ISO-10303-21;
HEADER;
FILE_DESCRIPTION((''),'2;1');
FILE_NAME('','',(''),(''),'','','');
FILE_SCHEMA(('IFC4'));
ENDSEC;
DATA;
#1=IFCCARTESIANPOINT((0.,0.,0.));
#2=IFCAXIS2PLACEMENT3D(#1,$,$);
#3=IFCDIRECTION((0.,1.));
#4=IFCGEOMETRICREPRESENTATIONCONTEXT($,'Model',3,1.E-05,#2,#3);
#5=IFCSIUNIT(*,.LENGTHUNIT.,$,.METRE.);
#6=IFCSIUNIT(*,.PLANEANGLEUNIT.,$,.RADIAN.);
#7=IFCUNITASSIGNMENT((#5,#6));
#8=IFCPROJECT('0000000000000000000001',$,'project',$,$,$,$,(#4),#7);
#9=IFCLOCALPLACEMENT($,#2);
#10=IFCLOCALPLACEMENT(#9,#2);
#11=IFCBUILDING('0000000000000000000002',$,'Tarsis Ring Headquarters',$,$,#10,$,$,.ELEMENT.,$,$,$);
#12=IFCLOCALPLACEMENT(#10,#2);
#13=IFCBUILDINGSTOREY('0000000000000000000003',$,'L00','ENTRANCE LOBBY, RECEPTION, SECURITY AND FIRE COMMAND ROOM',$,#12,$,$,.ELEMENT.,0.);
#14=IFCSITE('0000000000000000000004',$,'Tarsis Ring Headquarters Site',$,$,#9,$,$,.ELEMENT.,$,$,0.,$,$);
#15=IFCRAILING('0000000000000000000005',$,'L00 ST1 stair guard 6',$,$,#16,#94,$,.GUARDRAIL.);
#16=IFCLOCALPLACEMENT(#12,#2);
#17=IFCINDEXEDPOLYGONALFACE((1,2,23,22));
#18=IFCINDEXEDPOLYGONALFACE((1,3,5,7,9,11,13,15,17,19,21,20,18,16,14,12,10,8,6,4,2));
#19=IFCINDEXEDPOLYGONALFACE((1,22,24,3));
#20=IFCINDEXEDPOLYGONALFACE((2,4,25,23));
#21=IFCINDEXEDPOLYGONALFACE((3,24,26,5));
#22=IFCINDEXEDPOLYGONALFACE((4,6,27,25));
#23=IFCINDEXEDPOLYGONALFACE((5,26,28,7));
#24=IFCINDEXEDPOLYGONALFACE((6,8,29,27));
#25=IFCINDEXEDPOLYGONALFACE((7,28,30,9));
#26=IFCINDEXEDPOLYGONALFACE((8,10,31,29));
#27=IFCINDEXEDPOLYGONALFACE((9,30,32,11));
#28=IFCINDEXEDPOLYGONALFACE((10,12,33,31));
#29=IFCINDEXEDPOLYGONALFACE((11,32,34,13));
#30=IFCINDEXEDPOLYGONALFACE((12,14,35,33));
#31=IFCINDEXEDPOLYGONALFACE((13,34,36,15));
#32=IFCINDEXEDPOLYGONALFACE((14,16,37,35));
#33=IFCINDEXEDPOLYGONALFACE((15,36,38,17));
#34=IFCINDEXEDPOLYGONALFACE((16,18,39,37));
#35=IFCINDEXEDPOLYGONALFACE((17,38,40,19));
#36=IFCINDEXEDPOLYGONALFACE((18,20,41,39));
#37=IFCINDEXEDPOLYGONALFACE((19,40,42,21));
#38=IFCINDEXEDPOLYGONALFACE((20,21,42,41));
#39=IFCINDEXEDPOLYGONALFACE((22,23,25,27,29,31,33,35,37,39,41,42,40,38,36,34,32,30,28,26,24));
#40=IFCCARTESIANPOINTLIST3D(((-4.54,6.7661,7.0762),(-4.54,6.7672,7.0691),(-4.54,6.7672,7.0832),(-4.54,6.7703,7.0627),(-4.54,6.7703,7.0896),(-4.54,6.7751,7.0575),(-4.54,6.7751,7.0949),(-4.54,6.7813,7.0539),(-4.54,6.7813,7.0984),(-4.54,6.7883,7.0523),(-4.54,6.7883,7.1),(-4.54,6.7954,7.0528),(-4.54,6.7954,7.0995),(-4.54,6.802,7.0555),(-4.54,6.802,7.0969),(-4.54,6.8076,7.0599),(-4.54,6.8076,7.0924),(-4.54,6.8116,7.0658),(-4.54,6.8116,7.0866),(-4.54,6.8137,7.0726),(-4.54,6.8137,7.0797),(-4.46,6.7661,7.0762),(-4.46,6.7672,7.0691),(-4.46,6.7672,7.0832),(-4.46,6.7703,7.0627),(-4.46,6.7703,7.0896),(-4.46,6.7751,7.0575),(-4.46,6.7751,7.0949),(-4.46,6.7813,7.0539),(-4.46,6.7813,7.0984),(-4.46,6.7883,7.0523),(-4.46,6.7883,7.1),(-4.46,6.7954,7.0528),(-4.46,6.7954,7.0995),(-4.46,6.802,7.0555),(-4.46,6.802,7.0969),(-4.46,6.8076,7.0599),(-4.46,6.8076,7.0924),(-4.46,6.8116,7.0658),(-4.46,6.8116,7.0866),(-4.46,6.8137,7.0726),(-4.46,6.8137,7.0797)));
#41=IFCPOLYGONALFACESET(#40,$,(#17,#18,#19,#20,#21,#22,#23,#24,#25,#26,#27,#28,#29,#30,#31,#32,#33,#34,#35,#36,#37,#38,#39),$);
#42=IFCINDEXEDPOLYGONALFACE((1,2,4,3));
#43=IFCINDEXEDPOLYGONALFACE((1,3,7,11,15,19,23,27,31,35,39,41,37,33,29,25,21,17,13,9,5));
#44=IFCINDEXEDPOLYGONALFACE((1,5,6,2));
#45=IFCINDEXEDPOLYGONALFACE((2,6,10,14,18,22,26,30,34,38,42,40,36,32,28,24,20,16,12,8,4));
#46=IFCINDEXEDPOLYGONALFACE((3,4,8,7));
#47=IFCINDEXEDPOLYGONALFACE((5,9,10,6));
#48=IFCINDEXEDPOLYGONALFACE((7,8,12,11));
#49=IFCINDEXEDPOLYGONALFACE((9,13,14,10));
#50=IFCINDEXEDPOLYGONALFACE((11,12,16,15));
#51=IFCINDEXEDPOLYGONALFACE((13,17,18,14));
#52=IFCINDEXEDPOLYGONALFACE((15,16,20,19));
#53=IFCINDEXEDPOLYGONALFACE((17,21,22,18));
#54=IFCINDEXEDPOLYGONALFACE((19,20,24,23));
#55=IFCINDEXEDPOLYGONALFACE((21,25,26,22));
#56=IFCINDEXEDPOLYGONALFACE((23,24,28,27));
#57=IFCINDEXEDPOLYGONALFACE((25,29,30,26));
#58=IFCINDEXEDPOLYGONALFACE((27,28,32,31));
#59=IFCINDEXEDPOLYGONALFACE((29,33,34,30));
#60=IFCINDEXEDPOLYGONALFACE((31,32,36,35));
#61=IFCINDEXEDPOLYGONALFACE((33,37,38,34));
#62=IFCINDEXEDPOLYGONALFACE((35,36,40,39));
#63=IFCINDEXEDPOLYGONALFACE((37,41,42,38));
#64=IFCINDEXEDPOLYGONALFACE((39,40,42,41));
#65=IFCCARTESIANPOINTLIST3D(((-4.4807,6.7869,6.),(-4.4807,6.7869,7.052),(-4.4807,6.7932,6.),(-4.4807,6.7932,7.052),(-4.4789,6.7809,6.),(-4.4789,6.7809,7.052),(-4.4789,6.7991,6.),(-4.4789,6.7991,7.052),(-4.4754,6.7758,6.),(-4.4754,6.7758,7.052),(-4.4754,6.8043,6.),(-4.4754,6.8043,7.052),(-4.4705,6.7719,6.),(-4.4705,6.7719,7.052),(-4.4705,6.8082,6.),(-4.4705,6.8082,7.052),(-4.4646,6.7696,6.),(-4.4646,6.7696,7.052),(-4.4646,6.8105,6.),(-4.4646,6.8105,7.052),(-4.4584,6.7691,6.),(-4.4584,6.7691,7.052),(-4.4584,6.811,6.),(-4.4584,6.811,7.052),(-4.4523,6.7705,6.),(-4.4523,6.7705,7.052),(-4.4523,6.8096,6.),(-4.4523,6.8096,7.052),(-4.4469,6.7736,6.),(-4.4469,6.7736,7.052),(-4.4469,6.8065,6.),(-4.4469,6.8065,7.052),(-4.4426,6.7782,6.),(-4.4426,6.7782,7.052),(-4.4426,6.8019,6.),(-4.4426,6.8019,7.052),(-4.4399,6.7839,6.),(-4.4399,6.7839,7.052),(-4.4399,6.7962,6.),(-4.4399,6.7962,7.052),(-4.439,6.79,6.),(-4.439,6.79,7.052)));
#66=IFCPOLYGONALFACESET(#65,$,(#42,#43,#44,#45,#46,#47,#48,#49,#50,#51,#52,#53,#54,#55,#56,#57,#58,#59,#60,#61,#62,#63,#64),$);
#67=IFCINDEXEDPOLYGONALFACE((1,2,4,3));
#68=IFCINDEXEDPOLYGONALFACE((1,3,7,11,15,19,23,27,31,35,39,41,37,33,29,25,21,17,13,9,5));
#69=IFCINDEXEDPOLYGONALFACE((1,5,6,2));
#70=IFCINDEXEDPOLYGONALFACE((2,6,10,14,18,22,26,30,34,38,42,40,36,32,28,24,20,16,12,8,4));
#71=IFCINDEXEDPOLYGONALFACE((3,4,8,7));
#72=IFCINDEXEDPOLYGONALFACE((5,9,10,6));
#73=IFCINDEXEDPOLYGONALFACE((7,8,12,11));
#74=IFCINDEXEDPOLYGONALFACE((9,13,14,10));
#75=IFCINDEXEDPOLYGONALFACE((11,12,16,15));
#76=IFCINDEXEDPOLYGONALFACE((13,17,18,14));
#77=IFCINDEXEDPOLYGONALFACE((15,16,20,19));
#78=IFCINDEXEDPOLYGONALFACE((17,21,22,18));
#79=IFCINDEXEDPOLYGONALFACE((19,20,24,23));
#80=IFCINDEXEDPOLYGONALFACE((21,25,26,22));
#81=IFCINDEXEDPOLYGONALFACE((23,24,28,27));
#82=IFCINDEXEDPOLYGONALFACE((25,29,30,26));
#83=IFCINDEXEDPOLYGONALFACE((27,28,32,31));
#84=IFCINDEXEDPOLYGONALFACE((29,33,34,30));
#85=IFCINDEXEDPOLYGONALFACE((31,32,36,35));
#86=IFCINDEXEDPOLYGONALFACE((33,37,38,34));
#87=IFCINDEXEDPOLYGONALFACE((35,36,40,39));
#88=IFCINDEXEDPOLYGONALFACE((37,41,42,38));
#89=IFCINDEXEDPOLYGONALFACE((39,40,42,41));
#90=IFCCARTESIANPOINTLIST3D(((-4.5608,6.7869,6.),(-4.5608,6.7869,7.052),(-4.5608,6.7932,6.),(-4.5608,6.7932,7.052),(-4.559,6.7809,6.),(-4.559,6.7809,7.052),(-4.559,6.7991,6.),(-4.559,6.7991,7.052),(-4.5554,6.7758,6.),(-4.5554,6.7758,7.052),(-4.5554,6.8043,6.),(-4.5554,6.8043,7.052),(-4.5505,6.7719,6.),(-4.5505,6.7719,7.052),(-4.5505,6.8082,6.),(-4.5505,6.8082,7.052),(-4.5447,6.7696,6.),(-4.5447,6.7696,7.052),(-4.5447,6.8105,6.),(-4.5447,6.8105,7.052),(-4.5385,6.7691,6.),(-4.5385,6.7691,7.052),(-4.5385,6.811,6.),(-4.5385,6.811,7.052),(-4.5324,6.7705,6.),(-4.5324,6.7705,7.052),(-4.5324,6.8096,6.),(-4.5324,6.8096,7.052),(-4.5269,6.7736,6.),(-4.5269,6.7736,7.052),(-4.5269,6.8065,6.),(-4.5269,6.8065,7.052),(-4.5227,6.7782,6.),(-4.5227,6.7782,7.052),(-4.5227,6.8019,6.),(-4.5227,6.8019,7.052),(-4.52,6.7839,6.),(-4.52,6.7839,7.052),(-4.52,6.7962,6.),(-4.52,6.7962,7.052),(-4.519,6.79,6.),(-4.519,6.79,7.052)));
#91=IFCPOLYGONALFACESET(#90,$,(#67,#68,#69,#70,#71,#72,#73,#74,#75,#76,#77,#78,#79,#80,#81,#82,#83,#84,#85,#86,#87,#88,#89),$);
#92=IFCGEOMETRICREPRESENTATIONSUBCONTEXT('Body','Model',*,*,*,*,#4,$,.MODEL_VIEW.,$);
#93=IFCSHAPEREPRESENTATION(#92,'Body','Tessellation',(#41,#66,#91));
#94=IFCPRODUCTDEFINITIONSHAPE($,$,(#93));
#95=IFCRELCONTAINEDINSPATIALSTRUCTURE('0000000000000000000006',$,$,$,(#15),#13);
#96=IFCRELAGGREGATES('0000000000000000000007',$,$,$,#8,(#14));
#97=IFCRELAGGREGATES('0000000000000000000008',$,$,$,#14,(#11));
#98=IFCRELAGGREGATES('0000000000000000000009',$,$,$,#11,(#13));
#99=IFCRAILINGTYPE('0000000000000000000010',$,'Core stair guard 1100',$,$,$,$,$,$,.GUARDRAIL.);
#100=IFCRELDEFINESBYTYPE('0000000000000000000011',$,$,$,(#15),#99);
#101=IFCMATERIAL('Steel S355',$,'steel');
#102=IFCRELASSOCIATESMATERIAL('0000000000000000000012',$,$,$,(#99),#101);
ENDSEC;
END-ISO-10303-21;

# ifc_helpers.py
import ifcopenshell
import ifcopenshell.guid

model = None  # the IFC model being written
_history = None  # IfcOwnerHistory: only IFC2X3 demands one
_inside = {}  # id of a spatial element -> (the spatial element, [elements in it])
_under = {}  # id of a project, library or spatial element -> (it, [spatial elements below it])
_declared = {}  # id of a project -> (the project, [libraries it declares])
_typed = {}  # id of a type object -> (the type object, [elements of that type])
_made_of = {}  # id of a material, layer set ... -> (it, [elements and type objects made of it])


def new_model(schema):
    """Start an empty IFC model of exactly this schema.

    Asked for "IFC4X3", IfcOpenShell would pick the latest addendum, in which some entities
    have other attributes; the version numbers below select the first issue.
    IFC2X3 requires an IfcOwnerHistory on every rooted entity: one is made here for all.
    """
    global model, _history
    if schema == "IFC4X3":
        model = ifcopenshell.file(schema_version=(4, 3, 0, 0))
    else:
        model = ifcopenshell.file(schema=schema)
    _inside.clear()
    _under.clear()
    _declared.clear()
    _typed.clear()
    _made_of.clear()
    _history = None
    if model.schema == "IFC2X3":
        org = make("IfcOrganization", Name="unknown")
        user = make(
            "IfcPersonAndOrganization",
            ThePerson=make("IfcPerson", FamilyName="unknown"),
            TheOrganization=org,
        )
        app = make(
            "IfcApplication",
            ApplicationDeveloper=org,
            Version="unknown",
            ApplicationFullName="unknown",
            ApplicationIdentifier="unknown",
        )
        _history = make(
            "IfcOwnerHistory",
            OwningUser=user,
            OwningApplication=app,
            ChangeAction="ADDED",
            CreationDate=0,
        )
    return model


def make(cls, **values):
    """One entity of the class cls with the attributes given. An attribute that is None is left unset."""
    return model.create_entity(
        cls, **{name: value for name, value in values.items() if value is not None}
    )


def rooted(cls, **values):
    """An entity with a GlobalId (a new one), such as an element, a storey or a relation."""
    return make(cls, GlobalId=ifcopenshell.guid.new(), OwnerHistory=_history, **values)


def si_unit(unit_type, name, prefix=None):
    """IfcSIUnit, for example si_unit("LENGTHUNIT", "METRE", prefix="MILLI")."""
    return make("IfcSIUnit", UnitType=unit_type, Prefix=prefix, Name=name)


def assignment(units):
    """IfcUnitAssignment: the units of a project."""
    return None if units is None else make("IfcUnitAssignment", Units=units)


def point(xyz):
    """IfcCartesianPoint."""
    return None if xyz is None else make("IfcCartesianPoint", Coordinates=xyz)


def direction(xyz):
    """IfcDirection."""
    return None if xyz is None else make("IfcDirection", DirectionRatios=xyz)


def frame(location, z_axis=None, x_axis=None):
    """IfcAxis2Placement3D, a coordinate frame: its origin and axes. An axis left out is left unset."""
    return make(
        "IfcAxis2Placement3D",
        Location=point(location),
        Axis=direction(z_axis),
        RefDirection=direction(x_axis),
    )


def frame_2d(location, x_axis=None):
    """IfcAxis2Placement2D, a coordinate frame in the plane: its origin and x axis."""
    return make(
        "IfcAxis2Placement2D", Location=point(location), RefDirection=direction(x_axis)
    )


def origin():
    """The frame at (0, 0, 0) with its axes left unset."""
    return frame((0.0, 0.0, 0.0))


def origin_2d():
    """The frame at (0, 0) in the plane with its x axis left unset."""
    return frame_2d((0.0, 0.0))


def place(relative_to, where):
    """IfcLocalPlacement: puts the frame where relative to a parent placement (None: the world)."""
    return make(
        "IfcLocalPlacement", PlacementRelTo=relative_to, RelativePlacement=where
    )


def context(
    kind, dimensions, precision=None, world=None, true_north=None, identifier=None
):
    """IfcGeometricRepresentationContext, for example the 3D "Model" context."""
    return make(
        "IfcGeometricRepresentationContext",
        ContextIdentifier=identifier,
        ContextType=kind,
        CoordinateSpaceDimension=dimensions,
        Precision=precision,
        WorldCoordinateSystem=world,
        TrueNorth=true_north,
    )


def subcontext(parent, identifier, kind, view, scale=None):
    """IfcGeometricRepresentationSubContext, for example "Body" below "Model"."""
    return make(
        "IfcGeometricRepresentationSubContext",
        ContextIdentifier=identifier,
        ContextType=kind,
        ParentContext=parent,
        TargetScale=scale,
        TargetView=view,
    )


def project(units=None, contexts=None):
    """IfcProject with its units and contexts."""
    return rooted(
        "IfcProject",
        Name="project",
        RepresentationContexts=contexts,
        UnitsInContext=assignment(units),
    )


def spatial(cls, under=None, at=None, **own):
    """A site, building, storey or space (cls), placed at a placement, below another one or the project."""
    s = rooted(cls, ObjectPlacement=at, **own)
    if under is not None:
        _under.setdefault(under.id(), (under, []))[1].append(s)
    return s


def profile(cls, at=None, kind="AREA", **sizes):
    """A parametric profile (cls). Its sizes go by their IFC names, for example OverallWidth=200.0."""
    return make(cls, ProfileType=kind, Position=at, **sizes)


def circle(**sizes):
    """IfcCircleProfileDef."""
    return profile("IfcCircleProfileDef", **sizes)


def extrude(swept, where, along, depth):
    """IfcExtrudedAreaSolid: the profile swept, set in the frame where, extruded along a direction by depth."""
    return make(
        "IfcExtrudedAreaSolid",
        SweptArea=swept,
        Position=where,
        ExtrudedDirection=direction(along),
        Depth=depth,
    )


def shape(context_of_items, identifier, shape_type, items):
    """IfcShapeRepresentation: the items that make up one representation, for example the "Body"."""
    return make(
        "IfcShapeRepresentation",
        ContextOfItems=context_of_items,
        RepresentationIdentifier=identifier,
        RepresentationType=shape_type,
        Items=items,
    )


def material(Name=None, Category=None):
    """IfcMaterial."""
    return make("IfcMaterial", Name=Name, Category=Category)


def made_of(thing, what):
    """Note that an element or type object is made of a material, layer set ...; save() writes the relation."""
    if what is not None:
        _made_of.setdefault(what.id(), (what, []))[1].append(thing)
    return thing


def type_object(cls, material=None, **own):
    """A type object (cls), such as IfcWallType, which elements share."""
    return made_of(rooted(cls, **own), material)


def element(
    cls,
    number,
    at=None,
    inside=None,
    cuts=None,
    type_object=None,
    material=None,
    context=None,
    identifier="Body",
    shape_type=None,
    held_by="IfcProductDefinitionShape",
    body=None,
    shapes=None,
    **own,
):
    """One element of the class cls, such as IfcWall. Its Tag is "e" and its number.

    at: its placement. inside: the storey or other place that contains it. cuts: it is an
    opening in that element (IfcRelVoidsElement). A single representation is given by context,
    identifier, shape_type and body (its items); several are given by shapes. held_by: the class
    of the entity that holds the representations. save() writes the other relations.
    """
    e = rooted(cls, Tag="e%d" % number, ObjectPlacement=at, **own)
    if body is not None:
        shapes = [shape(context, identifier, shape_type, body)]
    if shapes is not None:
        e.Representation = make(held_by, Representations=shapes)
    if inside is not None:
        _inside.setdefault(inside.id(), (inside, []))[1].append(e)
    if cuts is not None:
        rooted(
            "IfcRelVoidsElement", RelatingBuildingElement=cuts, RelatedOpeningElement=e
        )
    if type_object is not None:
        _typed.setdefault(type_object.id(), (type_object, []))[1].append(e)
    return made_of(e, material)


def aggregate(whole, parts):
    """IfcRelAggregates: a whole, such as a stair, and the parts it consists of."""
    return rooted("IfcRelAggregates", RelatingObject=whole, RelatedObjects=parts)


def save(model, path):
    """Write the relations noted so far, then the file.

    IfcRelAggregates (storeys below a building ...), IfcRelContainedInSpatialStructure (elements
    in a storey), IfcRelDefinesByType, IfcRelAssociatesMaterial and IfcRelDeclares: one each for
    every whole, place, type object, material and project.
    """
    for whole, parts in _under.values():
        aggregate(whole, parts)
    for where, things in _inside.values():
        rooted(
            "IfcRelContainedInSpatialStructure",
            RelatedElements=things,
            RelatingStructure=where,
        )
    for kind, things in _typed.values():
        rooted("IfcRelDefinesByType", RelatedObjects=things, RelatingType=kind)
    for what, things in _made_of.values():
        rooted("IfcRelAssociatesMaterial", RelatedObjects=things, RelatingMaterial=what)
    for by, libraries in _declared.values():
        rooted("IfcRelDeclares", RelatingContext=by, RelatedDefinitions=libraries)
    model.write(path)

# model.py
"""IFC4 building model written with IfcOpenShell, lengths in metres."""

from ifc_helpers import new_model, si_unit, direction, frame, origin, origin_2d, place, context, subcontext, project, spatial, circle, extrude, material, type_object, element, save


model = new_model("IFC4")

# Units and contexts
model_context = context("Model", 3, precision=1e-05, world=origin(), true_north=direction((0.0, 1.0)))
body_context = subcontext(model_context, "Body", "Model", "MODEL_VIEW")
ifc_project = project(units=[si_unit("LENGTHUNIT", "METRE"), si_unit("PLANEANGLEUNIT", "RADIAN")], contexts=[model_context])

# Site, building, storey
site_placement = place(None, origin())
site = spatial("IfcSite", under=ifc_project, at=site_placement, Name="Tarsis Ring Headquarters Site", CompositionType="ELEMENT", RefElevation=0.0)
building_placement = place(site_placement, origin())
building = spatial("IfcBuilding", under=site, at=building_placement, Name="Tarsis Ring Headquarters", CompositionType="ELEMENT")
storey_placement = place(building_placement, origin())
storey = spatial("IfcBuildingStorey", under=building, at=storey_placement, Name="L00", Description="ENTRANCE LOBBY, RECEPTION, SECURITY AND FIRE COMMAND ROOM", CompositionType="ELEMENT", Elevation=0.0)

# Railing
ifc_material_1 = material(Name="Steel S355", Category="steel")
railing_type_1 = type_object("IfcRailingType", Name="Core stair guard 1100", PredefinedType="GUARDRAIL", material=ifc_material_1)
railing_1_placement = place(storey_placement, frame((-4.46, 6.79, 6.0)))
element("IfcRailing", 1, at=railing_1_placement, inside=storey, type_object=railing_type_1, Name="L00 ST1 stair guard 6", PredefinedType="GUARDRAIL", context=body_context, shape_type="SweptSolid", body=[
    extrude(circle(Radius=0.0239, at=origin_2d()), frame((0.0, 0.0, 1.0762), z_axis=(-1.0, 0.0, 0.0), x_axis=(0.0, -1.0, 0.0)), (0.0, 0.0, 1.0), 0.0801),
    extrude(circle(Radius=0.021, at=origin_2d()), origin(), (0.0, 0.0, 1.0), 1.052),
    extrude(circle(Radius=0.021, at=origin_2d()), frame((-0.0801, 0.0, 0.0)), (0.0, 0.0, 1.0), 1.052),
])

save(model, "model.ifc")
